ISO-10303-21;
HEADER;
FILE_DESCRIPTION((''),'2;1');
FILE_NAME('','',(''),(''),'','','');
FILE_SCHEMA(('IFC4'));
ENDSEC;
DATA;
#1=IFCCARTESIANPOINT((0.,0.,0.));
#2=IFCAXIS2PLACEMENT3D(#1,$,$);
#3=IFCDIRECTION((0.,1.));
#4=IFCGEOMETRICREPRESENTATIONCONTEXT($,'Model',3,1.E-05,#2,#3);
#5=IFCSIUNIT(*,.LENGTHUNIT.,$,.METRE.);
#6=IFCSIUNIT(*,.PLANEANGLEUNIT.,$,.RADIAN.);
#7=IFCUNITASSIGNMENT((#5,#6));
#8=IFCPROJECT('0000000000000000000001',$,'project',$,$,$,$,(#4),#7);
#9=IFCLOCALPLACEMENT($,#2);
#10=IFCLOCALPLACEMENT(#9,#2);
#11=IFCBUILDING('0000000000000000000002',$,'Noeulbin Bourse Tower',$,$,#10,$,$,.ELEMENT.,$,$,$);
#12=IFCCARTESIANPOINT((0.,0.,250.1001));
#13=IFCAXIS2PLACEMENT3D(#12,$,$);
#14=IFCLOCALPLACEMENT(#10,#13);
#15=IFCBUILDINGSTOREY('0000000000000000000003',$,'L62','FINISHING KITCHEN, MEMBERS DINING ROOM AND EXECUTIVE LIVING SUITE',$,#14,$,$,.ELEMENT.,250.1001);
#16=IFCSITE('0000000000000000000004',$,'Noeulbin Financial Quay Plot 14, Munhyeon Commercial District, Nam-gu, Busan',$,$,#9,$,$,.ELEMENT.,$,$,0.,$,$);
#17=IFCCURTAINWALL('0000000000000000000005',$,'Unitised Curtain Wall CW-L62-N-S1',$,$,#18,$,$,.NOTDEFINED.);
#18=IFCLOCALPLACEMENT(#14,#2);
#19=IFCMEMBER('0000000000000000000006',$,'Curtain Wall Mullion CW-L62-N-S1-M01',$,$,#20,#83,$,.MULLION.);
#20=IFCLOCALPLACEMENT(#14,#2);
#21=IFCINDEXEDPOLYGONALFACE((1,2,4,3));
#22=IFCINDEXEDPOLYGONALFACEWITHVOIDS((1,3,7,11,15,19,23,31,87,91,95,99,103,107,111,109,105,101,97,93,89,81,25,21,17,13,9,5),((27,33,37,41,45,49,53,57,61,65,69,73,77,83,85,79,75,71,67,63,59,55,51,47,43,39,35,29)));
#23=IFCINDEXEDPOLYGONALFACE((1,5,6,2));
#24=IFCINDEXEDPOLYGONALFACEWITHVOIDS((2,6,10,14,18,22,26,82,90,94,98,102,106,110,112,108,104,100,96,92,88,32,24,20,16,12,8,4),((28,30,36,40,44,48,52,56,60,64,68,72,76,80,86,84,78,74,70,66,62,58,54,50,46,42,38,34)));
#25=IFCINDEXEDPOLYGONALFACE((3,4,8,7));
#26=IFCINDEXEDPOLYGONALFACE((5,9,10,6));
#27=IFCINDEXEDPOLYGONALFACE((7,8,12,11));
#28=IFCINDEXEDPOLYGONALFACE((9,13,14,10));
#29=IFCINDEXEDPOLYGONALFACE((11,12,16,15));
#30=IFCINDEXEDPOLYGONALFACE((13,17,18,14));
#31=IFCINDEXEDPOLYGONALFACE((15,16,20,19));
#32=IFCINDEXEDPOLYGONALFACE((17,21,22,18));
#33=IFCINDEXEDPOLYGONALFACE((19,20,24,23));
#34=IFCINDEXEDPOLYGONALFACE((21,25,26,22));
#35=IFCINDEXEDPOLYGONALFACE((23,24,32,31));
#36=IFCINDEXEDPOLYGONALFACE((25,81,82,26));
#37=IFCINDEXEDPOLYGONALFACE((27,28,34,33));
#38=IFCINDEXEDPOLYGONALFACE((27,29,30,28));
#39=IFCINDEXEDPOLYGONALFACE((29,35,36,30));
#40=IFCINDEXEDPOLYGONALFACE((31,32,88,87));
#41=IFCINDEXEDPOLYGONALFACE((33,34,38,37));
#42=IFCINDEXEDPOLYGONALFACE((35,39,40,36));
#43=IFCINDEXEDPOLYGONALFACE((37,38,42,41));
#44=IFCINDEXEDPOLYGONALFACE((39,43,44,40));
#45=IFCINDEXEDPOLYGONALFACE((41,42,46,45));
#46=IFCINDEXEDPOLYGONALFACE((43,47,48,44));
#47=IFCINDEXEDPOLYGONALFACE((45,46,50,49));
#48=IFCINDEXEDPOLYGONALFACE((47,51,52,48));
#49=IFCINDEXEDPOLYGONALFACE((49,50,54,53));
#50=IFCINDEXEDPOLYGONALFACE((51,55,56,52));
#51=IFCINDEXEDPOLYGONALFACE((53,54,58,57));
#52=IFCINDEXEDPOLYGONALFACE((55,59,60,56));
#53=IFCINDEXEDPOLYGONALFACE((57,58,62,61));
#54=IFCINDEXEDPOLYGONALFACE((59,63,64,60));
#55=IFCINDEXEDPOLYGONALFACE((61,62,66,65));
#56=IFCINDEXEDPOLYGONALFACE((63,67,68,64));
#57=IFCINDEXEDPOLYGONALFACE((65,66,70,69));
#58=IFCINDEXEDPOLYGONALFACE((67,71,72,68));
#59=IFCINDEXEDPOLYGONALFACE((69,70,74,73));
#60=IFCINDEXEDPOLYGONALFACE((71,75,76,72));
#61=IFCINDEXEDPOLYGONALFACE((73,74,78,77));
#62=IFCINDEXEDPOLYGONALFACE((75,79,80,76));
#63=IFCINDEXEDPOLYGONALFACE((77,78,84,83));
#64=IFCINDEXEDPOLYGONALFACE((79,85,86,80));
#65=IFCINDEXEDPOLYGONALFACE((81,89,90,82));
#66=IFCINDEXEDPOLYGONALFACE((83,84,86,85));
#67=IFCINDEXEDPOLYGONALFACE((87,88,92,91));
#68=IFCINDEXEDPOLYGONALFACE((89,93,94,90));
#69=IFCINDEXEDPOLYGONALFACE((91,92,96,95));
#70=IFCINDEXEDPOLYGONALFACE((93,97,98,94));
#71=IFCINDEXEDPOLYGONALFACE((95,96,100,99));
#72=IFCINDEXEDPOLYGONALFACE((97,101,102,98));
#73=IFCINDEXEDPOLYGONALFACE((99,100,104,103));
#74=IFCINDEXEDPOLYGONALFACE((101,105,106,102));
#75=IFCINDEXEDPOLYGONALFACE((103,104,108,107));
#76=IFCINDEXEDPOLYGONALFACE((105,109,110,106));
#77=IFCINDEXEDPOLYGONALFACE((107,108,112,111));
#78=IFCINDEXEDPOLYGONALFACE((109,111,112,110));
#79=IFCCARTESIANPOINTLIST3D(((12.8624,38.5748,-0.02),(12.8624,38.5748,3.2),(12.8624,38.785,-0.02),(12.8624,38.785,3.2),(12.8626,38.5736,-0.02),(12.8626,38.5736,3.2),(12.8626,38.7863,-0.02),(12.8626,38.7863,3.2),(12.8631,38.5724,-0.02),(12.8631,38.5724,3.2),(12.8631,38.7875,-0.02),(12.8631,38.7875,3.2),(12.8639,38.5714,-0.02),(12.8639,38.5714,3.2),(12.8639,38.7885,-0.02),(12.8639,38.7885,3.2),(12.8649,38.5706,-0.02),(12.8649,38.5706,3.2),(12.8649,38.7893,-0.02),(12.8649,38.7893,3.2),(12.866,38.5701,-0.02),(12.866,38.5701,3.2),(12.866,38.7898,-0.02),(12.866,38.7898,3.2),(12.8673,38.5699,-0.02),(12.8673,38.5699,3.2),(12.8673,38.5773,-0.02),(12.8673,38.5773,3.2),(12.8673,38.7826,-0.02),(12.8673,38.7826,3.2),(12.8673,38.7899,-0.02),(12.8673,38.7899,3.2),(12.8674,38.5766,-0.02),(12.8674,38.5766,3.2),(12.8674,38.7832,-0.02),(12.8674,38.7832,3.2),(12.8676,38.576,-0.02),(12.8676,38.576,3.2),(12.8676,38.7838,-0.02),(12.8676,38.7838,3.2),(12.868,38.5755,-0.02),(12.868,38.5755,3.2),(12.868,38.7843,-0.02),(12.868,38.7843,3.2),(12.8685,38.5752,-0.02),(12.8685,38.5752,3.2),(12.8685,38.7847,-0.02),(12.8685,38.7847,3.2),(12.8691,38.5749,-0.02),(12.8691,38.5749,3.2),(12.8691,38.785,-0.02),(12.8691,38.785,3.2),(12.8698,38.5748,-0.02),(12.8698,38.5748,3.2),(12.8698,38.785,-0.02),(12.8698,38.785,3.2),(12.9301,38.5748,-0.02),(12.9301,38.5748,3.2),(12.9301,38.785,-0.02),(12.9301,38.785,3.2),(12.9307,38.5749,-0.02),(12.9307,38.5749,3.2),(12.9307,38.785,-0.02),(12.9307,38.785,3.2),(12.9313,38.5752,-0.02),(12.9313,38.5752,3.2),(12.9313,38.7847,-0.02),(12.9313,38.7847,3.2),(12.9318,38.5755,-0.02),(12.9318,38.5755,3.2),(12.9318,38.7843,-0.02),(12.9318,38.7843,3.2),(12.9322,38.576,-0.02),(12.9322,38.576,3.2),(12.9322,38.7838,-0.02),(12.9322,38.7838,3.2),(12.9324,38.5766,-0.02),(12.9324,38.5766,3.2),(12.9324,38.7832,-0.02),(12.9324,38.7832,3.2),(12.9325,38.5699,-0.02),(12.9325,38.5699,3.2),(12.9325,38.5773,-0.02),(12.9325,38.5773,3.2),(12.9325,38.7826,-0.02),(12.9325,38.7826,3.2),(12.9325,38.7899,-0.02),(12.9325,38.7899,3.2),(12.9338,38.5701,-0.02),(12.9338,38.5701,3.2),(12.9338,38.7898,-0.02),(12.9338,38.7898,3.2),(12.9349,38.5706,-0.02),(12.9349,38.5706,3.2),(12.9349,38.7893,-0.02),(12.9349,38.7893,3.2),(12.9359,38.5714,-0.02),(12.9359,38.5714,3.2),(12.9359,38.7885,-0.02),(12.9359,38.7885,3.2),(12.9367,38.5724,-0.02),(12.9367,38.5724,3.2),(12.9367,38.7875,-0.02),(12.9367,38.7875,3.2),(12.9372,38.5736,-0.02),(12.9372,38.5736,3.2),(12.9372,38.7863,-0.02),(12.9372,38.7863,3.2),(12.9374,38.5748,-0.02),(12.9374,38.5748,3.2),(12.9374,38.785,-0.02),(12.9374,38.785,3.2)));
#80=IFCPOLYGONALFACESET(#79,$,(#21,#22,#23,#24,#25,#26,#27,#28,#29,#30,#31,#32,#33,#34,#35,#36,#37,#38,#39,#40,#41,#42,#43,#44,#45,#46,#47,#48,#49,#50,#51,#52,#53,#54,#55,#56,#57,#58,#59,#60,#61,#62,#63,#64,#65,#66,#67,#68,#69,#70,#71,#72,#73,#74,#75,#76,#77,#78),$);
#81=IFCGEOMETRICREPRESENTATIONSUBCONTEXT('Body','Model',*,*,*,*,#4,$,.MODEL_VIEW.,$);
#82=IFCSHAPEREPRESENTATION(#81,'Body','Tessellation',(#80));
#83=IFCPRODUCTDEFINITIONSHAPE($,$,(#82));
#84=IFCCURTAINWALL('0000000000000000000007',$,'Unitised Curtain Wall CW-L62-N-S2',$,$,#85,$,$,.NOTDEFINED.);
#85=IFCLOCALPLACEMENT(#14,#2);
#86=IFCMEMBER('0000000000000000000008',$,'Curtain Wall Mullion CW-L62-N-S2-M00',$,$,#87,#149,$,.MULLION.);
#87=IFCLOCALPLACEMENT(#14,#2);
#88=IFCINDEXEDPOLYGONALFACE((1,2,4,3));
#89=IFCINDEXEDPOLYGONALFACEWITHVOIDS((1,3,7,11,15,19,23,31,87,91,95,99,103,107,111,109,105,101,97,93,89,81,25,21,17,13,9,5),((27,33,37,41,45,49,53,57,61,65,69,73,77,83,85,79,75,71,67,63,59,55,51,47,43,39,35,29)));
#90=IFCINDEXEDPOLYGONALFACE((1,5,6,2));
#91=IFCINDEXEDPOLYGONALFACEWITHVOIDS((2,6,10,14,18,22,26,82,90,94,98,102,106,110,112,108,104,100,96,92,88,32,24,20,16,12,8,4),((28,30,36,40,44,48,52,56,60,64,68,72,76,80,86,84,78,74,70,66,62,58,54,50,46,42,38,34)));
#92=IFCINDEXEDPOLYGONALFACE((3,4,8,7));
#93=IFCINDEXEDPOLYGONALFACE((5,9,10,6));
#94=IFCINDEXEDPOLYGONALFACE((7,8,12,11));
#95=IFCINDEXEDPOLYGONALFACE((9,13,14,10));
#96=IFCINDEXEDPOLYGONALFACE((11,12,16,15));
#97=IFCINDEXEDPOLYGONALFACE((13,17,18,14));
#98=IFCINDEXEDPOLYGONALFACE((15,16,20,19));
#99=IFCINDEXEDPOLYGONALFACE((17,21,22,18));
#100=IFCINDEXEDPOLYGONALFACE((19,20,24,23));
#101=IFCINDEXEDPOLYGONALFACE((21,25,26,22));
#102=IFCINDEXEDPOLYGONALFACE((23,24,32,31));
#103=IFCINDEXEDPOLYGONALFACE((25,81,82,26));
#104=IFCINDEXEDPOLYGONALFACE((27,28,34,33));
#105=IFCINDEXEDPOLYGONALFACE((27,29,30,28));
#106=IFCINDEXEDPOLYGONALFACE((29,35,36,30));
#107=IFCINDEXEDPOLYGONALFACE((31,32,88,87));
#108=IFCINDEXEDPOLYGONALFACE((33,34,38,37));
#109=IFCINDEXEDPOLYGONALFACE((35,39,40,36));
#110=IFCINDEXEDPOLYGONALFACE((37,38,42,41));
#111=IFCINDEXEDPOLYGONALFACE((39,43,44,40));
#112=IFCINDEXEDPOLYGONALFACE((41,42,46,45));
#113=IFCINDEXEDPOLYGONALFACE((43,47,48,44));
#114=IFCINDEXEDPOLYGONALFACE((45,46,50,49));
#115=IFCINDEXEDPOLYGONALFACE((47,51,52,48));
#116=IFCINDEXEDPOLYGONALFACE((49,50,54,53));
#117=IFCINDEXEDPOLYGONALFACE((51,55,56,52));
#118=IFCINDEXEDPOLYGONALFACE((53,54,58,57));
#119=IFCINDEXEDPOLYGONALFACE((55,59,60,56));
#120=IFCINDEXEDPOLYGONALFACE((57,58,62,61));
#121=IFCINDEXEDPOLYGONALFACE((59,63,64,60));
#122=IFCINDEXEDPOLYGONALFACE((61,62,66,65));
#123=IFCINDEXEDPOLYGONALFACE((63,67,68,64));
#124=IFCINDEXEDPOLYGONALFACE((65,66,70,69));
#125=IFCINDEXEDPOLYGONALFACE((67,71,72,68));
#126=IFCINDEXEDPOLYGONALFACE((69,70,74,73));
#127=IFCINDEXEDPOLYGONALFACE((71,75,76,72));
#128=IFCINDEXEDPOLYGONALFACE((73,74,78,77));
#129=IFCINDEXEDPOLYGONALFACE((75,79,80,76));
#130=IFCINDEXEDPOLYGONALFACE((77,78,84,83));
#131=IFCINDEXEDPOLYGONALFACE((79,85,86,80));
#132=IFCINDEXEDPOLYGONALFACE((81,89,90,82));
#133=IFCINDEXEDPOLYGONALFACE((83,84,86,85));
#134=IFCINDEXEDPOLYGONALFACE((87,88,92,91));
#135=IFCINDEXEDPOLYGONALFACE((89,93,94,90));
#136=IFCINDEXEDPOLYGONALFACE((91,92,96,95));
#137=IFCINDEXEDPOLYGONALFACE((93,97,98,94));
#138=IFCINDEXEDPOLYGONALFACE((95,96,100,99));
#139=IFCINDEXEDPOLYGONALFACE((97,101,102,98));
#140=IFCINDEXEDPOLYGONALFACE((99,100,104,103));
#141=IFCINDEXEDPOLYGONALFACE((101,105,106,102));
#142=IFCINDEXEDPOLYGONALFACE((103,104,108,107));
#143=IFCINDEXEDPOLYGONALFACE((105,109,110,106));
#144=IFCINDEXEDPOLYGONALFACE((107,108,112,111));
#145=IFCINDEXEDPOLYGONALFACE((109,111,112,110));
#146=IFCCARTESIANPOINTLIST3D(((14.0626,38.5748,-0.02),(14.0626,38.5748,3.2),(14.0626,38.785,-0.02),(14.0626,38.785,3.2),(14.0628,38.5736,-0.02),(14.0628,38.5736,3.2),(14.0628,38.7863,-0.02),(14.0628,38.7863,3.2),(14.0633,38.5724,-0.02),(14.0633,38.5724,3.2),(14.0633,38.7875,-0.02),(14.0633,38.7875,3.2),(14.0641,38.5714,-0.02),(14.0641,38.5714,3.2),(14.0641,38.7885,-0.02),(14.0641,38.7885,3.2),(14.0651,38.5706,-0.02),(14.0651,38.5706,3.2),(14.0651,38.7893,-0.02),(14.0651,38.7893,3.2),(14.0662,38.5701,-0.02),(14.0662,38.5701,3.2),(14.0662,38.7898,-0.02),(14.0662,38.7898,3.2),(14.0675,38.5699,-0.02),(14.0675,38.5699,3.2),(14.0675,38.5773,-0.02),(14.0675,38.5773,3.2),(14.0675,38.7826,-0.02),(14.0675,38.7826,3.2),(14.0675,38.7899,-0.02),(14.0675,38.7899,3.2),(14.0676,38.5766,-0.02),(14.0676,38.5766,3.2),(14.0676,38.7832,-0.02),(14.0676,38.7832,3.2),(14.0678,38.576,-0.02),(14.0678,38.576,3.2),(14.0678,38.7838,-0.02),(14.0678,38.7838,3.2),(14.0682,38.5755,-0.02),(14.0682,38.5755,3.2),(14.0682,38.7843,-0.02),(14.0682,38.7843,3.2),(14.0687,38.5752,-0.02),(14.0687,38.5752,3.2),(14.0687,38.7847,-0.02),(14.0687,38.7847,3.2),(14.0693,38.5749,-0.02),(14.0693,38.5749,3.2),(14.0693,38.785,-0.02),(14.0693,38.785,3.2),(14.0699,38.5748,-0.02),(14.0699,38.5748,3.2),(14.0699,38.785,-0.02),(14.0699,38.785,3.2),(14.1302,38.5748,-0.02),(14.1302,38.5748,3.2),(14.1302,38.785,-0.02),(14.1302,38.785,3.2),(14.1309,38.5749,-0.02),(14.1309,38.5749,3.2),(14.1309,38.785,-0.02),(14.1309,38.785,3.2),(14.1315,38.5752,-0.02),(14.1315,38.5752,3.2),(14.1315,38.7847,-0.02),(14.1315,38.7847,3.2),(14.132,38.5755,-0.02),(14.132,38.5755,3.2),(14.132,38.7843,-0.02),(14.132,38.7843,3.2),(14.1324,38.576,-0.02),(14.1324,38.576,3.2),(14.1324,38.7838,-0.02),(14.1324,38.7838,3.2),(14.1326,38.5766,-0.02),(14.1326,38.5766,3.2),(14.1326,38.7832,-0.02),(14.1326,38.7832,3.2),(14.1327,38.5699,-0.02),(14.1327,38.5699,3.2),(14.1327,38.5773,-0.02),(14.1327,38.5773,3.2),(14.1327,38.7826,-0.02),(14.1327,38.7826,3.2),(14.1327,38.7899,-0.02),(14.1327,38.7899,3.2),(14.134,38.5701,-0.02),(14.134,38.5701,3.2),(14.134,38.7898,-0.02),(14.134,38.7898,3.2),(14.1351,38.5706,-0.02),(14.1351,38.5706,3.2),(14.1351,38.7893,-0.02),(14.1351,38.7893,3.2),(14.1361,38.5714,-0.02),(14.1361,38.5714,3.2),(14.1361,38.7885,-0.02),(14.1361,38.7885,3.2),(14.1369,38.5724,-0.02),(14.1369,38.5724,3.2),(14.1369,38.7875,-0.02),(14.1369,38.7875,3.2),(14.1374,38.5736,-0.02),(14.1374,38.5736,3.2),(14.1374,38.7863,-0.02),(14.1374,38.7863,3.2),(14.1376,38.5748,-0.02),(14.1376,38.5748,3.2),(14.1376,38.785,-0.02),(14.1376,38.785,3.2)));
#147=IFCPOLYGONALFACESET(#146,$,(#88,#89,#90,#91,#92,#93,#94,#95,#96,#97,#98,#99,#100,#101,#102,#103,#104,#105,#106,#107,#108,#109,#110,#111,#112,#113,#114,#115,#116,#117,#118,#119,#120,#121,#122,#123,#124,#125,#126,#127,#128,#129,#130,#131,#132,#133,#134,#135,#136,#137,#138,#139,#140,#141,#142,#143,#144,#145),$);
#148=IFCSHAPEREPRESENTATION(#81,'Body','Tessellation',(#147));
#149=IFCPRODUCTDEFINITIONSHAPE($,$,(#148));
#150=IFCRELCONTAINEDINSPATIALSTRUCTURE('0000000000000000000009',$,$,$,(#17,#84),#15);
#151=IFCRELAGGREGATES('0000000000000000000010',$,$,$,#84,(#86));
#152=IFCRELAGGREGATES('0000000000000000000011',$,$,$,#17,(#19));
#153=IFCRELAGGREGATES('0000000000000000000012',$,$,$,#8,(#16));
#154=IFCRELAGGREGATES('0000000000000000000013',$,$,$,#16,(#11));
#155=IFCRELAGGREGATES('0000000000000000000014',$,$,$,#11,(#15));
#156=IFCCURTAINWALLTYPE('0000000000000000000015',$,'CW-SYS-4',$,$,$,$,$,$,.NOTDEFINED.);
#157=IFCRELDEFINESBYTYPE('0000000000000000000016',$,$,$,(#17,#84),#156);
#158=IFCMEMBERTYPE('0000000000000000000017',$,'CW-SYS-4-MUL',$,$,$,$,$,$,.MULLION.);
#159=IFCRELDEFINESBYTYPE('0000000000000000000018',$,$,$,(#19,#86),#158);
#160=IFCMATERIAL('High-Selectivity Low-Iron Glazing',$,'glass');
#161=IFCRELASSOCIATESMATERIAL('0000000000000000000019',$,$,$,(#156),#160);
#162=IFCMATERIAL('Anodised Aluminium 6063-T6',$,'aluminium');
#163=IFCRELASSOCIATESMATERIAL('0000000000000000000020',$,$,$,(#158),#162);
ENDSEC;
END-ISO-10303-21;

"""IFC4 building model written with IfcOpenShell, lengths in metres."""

from ifc_helpers import new_model, si_unit, direction, frame, origin, origin_2d, place, context, subcontext, project, spatial, hollow_rectangle, extrude, material, material_profile, profile_set, type_object, element, aggregate, save


model = new_model("IFC4")

# Units and contexts
model_context = context("Model", 3, precision=1e-05, world=origin(), true_north=direction((0.0, 1.0)))
body_context = subcontext(model_context, "Body", "Model", "MODEL_VIEW")
ifc_project = project(units=[si_unit("LENGTHUNIT", "METRE"), si_unit("PLANEANGLEUNIT", "RADIAN")], contexts=[model_context])

# Site, building, storey
site_placement = place(None, origin())
site = spatial("IfcSite", under=ifc_project, at=site_placement, Name="Noeulbin Financial Quay Plot 14, Munhyeon Commercial District, Nam-gu, Busan", CompositionType="ELEMENT", RefElevation=0.0)
building_placement = place(site_placement, origin())
building = spatial("IfcBuilding", under=site, at=building_placement, Name="Noeulbin Bourse Tower", CompositionType="ELEMENT")
storey_placement = place(building_placement, frame((0.0, 0.0, 250.1001)))
storey = spatial("IfcBuildingStorey", under=building, at=storey_placement, Name="L62", Description="FINISHING KITCHEN, MEMBERS DINING ROOM AND EXECUTIVE LIVING SUITE", CompositionType="ELEMENT", Elevation=250.1001)

# Curtain wall, member
ifc_material_1 = material(Name="High-Selectivity Low-Iron Glazing", Category="glass")
curtain_wall_type = type_object("IfcCurtainWallType", Name="CW-SYS-4", PredefinedType="NOTDEFINED", material=ifc_material_1)
curtain_wall_1_placement = place(storey_placement, origin())
curtain_wall_1 = element("IfcCurtainWall", 1, at=curtain_wall_1_placement, inside=storey, type_object=curtain_wall_type, Name="Unitised Curtain Wall CW-L62-N-S1", PredefinedType="NOTDEFINED")
ifc_material_2 = material(Name="Anodised Aluminium 6063-T6", Category="aluminium")
ifc_material_profile_1 = material_profile(ifc_material_2, hollow_rectangle(XDim=0.075, YDim=0.22, WallThickness=0.0049, InnerFilletRadius=0.0024, OuterFilletRadius=0.0049, at=origin_2d()), Name="ALU-MULL-75x220x5", Category="LoadBearing")
ifc_profile_set_1 = profile_set([ifc_material_profile_1], Name="Anodised Aluminium 6063-T6")
member_type_1 = type_object("IfcMemberType", Name="CW-SYS-4-MUL", PredefinedType="MULLION", material=ifc_profile_set_1)
member_1_placement = place(storey_placement, frame((12.8999, 38.6799, -0.02), z_axis=(0.0, 0.0, 1.0), x_axis=(1.0, 0.0, 0.0)))
member_1 = element("IfcMember", 2, at=member_1_placement, type_object=member_type_1, Name="Curtain Wall Mullion CW-L62-N-S1-M01", PredefinedType="MULLION", context=body_context, shape_type="SweptSolid", body=[
    extrude(hollow_rectangle(XDim=0.075, YDim=0.22, WallThickness=0.0049, InnerFilletRadius=0.0024, OuterFilletRadius=0.0049, at=origin_2d()), origin(), (0.0, 0.0, 1.0), 3.22),
])

# Curtain wall, member
curtain_wall_2_placement = place(storey_placement, origin())
curtain_wall_2 = element("IfcCurtainWall", 3, at=curtain_wall_2_placement, inside=storey, type_object=curtain_wall_type, Name="Unitised Curtain Wall CW-L62-N-S2", PredefinedType="NOTDEFINED")
member_2_placement = place(storey_placement, frame((14.1001, 38.6799, -0.02), z_axis=(0.0, 0.0, 1.0), x_axis=(1.0, 0.0, 0.0)))
member_2 = element("IfcMember", 4, at=member_2_placement, type_object=member_type_1, Name="Curtain Wall Mullion CW-L62-N-S2-M00", PredefinedType="MULLION", context=body_context, shape_type="SweptSolid", body=[
    extrude(hollow_rectangle(XDim=0.075, YDim=0.22, WallThickness=0.0049, InnerFilletRadius=0.0024, OuterFilletRadius=0.0049, at=origin_2d()), origin(), (0.0, 0.0, 1.0), 3.22),
])
aggregate(curtain_wall_2, [member_2])

aggregate(curtain_wall_1, [member_1])

save(model, "model.ifc")
